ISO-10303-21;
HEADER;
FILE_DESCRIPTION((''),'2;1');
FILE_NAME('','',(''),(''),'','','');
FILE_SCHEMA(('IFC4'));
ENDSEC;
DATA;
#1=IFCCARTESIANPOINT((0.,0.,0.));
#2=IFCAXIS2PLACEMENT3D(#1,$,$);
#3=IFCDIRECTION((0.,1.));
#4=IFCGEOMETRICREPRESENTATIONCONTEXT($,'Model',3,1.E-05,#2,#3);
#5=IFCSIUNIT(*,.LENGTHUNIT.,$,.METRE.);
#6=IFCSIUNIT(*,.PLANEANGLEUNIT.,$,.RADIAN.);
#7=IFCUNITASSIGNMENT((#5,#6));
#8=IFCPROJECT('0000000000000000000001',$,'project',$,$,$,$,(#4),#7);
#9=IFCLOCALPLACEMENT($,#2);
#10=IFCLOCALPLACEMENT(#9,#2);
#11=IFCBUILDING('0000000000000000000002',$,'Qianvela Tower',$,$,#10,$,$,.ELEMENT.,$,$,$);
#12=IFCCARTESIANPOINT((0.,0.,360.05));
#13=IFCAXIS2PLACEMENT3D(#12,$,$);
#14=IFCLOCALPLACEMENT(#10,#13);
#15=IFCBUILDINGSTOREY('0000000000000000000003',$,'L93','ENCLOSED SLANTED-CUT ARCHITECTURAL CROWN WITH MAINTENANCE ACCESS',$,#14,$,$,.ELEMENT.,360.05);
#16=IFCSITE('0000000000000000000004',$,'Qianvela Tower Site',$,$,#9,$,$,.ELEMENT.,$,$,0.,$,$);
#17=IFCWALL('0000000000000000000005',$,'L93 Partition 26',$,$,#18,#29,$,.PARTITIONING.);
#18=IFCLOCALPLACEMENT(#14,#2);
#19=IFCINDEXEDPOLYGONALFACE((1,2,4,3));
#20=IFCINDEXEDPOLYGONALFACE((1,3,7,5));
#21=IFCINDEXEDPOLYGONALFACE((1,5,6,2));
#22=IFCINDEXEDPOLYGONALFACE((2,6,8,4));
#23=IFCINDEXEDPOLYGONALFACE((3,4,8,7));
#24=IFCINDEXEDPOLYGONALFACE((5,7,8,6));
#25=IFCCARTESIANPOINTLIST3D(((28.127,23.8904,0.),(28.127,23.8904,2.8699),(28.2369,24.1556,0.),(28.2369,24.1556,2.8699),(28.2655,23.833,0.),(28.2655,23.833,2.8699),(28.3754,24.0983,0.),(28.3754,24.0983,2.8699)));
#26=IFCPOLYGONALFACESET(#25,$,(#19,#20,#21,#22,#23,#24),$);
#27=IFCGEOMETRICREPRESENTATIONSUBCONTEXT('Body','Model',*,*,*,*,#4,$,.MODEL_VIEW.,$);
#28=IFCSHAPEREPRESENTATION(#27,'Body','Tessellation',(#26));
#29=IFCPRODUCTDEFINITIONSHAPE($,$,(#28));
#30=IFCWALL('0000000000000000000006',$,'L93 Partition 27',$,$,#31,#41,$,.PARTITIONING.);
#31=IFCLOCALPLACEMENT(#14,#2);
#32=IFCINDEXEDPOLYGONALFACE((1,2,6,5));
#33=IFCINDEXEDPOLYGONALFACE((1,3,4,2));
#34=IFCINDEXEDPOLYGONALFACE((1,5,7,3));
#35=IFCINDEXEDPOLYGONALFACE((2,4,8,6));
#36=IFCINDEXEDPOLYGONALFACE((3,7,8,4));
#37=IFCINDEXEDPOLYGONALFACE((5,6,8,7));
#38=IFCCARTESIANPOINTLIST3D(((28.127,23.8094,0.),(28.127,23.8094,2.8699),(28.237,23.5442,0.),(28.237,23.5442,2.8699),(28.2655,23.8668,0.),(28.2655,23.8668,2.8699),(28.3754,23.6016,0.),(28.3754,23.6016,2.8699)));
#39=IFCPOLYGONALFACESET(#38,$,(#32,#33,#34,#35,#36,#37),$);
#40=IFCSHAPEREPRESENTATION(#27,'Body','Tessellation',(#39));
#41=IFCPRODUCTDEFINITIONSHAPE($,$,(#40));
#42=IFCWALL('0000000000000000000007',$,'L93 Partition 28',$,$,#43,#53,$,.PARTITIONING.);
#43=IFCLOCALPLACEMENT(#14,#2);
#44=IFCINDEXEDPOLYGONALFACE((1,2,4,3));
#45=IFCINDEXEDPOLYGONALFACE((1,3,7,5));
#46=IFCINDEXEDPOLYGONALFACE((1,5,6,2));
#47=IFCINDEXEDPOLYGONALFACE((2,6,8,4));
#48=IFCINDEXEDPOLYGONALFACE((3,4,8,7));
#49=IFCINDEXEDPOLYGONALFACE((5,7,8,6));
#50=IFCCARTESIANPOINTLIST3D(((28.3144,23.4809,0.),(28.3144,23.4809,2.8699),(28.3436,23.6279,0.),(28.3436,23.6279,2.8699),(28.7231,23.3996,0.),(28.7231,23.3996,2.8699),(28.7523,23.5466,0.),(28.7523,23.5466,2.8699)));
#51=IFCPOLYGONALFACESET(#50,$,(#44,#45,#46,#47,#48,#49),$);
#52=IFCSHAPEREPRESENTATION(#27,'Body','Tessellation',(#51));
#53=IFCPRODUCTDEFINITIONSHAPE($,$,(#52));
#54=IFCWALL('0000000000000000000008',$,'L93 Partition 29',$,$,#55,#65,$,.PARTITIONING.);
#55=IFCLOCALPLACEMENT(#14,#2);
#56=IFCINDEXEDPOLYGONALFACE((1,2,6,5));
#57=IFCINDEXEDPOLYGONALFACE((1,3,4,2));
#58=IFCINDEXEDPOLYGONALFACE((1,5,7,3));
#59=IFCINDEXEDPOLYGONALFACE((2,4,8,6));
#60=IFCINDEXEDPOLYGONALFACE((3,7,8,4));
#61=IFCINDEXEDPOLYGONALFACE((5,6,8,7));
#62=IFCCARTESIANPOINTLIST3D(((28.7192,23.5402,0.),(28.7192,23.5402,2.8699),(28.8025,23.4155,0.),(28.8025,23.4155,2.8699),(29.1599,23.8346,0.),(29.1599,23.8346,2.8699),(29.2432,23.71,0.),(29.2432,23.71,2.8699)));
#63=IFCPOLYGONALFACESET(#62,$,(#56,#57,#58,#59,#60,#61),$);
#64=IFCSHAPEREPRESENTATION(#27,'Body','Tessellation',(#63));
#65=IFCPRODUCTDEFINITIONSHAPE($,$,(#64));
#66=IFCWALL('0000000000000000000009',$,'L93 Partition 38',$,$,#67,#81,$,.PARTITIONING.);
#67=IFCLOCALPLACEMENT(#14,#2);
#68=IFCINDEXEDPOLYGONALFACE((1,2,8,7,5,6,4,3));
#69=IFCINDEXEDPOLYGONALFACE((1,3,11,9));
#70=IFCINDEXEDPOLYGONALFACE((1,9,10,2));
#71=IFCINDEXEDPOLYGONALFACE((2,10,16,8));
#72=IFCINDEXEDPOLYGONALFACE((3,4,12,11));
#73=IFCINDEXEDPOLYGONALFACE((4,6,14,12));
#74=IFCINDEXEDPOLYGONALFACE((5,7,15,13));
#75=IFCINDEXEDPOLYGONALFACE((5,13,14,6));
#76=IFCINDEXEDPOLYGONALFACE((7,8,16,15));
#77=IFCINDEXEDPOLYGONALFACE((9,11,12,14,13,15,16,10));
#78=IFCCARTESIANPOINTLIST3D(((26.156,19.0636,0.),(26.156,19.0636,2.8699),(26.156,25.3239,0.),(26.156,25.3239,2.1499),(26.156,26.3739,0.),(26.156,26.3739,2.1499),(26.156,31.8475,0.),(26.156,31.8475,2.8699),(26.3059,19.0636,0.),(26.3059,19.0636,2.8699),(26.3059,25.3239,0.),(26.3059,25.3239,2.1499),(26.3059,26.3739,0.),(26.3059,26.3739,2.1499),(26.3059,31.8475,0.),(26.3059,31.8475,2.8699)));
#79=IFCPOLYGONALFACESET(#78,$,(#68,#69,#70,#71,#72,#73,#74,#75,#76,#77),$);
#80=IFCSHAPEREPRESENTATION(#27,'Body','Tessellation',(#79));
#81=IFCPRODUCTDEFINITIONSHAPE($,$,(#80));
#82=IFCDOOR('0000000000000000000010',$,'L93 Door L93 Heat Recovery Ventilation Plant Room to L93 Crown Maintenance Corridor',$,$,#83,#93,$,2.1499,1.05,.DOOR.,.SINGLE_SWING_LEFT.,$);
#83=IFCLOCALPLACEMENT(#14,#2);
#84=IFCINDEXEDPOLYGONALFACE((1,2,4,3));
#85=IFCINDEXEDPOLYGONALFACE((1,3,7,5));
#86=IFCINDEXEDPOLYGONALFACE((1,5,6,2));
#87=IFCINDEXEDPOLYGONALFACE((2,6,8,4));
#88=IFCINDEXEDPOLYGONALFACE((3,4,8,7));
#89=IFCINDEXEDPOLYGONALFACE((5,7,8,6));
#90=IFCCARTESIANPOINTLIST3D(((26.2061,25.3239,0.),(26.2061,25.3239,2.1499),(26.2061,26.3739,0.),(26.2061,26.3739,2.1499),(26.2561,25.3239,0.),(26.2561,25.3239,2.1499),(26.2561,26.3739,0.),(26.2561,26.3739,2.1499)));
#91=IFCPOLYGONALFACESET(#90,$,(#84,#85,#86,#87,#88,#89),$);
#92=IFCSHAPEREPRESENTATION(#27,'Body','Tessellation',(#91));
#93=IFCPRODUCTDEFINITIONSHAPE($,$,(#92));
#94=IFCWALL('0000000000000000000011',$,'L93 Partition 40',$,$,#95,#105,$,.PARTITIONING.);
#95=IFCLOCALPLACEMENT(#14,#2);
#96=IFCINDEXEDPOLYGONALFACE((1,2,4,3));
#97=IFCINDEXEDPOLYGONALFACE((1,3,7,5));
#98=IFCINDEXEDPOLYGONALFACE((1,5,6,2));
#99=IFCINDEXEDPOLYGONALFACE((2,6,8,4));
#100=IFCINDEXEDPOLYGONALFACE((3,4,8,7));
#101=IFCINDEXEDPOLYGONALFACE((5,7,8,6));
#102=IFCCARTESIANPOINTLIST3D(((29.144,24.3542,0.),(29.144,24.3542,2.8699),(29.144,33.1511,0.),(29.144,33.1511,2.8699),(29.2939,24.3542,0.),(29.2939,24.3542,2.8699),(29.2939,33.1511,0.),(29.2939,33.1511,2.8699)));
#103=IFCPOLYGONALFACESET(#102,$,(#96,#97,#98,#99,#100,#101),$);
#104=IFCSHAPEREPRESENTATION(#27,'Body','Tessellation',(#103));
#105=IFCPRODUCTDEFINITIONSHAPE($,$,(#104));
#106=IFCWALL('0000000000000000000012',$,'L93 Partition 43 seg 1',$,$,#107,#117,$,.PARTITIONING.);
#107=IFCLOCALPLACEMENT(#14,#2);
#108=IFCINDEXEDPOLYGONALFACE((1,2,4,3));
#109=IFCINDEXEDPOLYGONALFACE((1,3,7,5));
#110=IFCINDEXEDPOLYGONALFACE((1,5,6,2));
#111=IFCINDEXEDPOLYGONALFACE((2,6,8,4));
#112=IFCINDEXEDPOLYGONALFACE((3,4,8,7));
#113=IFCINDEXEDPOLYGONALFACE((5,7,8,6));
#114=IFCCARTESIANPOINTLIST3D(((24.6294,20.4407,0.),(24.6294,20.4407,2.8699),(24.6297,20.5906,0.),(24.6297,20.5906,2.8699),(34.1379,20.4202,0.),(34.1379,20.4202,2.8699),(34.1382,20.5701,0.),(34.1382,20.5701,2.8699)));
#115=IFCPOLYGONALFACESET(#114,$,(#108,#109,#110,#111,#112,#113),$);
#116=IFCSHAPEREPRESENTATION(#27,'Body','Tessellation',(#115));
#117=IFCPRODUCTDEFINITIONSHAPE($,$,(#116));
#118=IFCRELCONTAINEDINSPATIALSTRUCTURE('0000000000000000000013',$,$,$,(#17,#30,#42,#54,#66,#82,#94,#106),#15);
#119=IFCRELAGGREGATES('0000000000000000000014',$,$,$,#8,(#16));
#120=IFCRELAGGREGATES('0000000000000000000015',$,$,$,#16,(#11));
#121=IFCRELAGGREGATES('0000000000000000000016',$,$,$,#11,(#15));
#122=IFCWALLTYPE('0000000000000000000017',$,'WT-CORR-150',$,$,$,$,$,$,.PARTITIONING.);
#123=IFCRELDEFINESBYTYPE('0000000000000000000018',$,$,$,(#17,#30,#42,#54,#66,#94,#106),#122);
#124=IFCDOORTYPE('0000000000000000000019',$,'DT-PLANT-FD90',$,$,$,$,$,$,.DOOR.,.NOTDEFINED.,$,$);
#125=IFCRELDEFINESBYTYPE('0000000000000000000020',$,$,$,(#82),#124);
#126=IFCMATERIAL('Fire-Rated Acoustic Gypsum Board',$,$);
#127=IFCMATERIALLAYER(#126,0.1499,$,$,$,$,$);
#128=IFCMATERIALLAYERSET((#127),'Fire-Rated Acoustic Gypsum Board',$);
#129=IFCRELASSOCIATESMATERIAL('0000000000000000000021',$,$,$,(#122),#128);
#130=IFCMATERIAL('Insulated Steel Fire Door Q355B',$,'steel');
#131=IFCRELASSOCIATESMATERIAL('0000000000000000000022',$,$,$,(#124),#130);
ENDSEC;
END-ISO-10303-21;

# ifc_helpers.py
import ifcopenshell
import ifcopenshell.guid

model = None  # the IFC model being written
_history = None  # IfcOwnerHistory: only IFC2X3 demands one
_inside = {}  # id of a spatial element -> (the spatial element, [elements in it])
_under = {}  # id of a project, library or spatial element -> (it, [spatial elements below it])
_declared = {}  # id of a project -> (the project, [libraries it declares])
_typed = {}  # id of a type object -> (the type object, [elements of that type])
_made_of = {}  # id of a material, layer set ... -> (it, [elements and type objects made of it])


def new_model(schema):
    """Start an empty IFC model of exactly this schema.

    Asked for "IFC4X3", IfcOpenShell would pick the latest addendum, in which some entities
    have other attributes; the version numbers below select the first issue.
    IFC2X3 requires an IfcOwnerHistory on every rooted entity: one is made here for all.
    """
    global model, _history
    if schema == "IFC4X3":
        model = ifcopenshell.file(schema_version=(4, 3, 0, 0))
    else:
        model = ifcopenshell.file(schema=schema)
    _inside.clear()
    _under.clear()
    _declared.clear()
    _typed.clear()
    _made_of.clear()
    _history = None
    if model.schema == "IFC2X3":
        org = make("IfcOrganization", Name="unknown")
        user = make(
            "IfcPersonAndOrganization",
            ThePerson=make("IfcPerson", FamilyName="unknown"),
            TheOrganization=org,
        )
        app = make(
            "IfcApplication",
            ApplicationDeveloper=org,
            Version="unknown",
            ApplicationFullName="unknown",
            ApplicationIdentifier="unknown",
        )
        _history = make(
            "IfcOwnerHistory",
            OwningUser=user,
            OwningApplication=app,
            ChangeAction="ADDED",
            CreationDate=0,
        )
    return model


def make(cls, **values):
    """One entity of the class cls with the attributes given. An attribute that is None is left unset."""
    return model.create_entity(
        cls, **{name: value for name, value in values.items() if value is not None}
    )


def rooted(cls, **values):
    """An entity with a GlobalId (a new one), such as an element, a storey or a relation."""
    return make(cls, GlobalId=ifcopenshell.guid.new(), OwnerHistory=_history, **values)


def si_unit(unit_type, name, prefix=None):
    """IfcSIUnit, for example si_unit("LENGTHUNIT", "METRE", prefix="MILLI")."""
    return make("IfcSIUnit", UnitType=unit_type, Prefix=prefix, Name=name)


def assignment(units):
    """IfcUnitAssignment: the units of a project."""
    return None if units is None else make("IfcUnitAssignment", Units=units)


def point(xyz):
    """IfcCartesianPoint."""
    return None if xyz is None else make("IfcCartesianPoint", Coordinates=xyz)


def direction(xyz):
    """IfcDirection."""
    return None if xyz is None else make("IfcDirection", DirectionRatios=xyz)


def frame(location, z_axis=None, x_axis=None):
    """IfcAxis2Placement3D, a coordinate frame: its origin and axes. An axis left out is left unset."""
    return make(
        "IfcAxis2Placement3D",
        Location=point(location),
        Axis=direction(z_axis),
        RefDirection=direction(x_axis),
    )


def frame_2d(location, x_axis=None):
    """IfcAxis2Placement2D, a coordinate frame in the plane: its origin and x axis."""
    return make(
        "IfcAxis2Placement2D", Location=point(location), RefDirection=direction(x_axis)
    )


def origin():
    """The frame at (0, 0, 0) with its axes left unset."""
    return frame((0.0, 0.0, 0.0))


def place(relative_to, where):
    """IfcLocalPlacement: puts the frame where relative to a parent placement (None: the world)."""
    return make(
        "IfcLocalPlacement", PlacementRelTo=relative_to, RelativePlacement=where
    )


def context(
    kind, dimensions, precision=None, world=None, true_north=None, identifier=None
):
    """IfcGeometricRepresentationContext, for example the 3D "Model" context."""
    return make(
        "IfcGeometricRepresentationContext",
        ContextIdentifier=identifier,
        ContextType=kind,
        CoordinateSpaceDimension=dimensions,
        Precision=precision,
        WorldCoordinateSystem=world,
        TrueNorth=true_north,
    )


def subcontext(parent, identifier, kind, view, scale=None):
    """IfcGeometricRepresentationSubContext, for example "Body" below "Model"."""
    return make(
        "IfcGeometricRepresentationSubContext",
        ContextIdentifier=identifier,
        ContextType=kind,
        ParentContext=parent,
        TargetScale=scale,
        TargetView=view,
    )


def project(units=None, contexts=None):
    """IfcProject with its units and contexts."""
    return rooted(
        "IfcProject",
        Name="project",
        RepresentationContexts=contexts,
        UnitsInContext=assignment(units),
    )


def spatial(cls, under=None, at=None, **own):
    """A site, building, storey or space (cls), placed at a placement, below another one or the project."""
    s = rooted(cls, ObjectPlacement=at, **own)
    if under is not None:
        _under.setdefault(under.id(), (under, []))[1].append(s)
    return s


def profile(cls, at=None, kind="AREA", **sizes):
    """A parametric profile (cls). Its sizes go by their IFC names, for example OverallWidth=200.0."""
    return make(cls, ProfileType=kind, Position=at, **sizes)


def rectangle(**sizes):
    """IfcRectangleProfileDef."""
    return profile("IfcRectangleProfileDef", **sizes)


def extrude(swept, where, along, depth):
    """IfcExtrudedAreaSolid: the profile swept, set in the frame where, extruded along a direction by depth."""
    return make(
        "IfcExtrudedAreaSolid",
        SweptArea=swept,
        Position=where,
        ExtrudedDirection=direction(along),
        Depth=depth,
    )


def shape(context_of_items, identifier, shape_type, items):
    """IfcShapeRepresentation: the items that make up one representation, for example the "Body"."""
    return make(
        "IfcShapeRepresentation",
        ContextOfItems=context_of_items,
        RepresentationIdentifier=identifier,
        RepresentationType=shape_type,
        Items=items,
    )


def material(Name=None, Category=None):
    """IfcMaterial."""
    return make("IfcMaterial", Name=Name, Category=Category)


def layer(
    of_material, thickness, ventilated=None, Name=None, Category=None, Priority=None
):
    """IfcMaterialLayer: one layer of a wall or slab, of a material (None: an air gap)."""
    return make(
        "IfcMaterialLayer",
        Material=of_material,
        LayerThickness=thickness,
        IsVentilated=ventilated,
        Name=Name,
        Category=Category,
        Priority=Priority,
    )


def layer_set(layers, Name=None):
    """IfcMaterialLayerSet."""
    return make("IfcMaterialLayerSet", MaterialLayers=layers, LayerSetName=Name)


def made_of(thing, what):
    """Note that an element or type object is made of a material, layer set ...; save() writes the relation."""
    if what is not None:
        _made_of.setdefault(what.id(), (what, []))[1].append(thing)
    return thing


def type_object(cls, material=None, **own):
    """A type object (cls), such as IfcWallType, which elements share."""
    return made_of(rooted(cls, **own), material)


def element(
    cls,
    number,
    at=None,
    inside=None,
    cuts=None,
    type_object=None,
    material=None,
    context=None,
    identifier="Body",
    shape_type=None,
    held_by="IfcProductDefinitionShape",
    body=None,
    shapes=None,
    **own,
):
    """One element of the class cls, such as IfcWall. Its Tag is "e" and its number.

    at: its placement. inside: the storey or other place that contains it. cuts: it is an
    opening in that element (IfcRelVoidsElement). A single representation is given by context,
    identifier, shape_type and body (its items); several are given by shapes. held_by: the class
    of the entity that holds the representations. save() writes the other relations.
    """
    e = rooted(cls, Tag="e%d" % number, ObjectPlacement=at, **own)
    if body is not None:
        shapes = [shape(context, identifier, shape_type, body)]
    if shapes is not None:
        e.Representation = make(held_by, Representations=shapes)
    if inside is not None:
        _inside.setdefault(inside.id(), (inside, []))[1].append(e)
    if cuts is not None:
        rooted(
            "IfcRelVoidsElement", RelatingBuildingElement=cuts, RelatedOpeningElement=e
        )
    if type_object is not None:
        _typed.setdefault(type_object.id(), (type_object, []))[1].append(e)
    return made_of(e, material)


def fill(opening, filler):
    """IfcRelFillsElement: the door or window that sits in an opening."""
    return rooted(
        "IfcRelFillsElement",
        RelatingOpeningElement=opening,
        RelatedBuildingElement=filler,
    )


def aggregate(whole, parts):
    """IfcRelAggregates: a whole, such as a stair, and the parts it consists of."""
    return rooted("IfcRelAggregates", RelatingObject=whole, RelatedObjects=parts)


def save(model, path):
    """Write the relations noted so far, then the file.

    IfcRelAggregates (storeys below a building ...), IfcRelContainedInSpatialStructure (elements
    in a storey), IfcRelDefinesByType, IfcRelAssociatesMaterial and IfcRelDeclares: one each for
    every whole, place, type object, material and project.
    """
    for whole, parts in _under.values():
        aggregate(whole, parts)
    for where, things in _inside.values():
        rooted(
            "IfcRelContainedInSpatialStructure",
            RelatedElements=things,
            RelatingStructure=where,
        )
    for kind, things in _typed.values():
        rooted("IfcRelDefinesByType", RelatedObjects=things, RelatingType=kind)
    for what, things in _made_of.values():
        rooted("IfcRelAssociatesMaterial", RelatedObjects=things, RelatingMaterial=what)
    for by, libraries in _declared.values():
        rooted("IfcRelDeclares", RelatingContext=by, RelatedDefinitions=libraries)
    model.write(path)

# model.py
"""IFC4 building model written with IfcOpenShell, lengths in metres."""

from ifc_helpers import new_model, si_unit, direction, frame, frame_2d, origin, place, context, subcontext, project, spatial, rectangle, extrude, material, layer, layer_set, type_object, element, fill, save


model = new_model("IFC4")

# Units and contexts
model_context = context("Model", 3, precision=1e-05, world=origin(), true_north=direction((0.0, 1.0)))
body_context = subcontext(model_context, "Body", "Model", "MODEL_VIEW")
ifc_project = project(units=[si_unit("LENGTHUNIT", "METRE"), si_unit("PLANEANGLEUNIT", "RADIAN")], contexts=[model_context])

# Site, building, storey
site_placement = place(None, origin())
site = spatial("IfcSite", under=ifc_project, at=site_placement, Name="Qianvela Tower Site", CompositionType="ELEMENT", RefElevation=0.0)
building_placement = place(site_placement, origin())
building = spatial("IfcBuilding", under=site, at=building_placement, Name="Qianvela Tower", CompositionType="ELEMENT")
storey_placement = place(building_placement, frame((0.0, 0.0, 360.05)))
storey = spatial("IfcBuildingStorey", under=building, at=storey_placement, Name="L93", Description="ENCLOSED SLANTED-CUT ARCHITECTURAL CROWN WITH MAINTENANCE ACCESS", CompositionType="ELEMENT", Elevation=360.05)

# Walls
ifc_material_1 = material(Name="Fire-Rated Acoustic Gypsum Board")
ifc_layer_1 = layer(ifc_material_1, 0.1499)
ifc_layer_set_1 = layer_set([ifc_layer_1], Name="Fire-Rated Acoustic Gypsum Board")
wall_type_1 = type_object("IfcWallType", Name="WT-CORR-150", PredefinedType="PARTITIONING", material=ifc_layer_set_1)
for number, where, z_axis, x_axis, name in (
    (1, (28.3062, 24.127, 0.0), (0.0, 0.0, 1.0), (-0.382803, -0.92383, 0.0), "L93 Partition 26"),
    (2, (28.1963, 23.8381, 0.0), (0.0, 0.0, 1.0), (0.382803, -0.92383, 0.0), "L93 Partition 27"),
):
    element("IfcWall", number, at=place(storey_placement, frame(where, z_axis=z_axis, x_axis=x_axis)), inside=storey, type_object=wall_type_1, Name=name, PredefinedType="PARTITIONING", context=body_context, shape_type="SweptSolid", body=[
        extrude(rectangle(XDim=0.2871, YDim=0.1499, at=frame_2d((0.1436, 0.0))), origin(), (0.0, 0.0, 1.0), 2.8699),
    ])
wall_1_placement = place(storey_placement, frame((28.3289, 23.5544, 0.0), z_axis=(0.0, 0.0, 1.0), x_axis=(0.980783, -0.195102, 0.0)))
element("IfcWall", 3, at=wall_1_placement, inside=storey, type_object=wall_type_1, Name="L93 Partition 28", PredefinedType="PARTITIONING", context=body_context, shape_type="SweptSolid", body=[
    extrude(rectangle(XDim=0.4167, YDim=0.1499, at=frame_2d((0.2085, 0.0))), origin(), (0.0, 0.0, 1.0), 2.8699),
])
wall_2_placement = place(storey_placement, frame((28.7607, 23.4778, 0.0), z_axis=(0.0, 0.0, 1.0), x_axis=(0.831483, 0.55555, 0.0)))
element("IfcWall", 4, at=wall_2_placement, inside=storey, type_object=wall_type_1, Name="L93 Partition 29", PredefinedType="PARTITIONING", context=body_context, shape_type="SweptSolid", body=[
    extrude(rectangle(XDim=0.53, YDim=0.1499, at=frame_2d((0.2651, 0.0))), origin(), (0.0, 0.0, 1.0), 2.8699),
])

# Shared definitions
ifc_material_2 = material(Name="Insulated Steel Fire Door Q355B", Category="steel")
door_type_1 = type_object("IfcDoorType", Name="DT-PLANT-FD90", OperationType="NOTDEFINED", PredefinedType="DOOR", material=ifc_material_2)

# Wall, opening, door
wall_3_placement = place(storey_placement, frame((26.231, 19.0635, 0.0), z_axis=(0.0, 0.0, 1.0), x_axis=(0.0, 1.0, 0.0)))
wall_3 = element("IfcWall", 5, at=wall_3_placement, inside=storey, type_object=wall_type_1, Name="L93 Partition 38", PredefinedType="PARTITIONING", context=body_context, shape_type="SweptSolid", body=[
    extrude(rectangle(XDim=12.7839, YDim=0.1499, at=frame_2d((6.3921, 0.0))), origin(), (0.0, 0.0, 1.0), 2.8699),
])
opening_1_placement = place(wall_3_placement, frame((6.2605, 0.0, 0.0)))
opening_1 = element("IfcOpeningElement", 6, at=opening_1_placement, cuts=wall_3, PredefinedType="OPENING", context=body_context, shape_type="SweptSolid", body=[
    extrude(rectangle(XDim=1.05, YDim=2.1499, at=frame_2d((0.5249, 1.075))), frame((0.0, 0.085, 0.0), z_axis=(0.0, -1.0, 0.0), x_axis=(1.0, 0.0, 0.0)), (0.0, 0.0, 1.0), 0.1699),
])
door_1_placement = place(opening_1_placement, origin())
door_1 = element("IfcDoor", 7, at=door_1_placement, inside=storey, type_object=door_type_1, Name="L93 Door L93 Heat Recovery Ventilation Plant Room to L93 Crown Maintenance Corridor", OperationType="SINGLE_SWING_LEFT", OverallHeight=2.1499, OverallWidth=1.05, PredefinedType="DOOR", context=body_context, shape_type="SweptSolid", body=[
    extrude(rectangle(XDim=1.05, YDim=2.1499, at=frame_2d((0.5249, 1.075))), frame((0.0, 0.0249, 0.0), z_axis=(0.0, -1.0, 0.0), x_axis=(1.0, 0.0, 0.0)), (0.0, 0.0, 1.0), 0.05),
])
fill(opening_1, door_1)

# Walls
wall_4_placement = place(storey_placement, frame((29.219, 33.1511, 0.0), z_axis=(0.0, 0.0, 1.0), x_axis=(0.0, -1.0, 0.0)))
element("IfcWall", 8, at=wall_4_placement, inside=storey, type_object=wall_type_1, Name="L93 Partition 40", PredefinedType="PARTITIONING", context=body_context, shape_type="SweptSolid", body=[
    extrude(rectangle(XDim=8.7969, YDim=0.1499, at=frame_2d((4.3984, 0.0))), origin(), (0.0, 0.0, 1.0), 2.8699),
])
wall_5_placement = place(storey_placement, frame((24.6294, 20.5156, 0.0), z_axis=(0.0, 0.0, 1.0), x_axis=(0.999998, -0.002157, 0.0)))
element("IfcWall", 9, at=wall_5_placement, inside=storey, type_object=wall_type_1, Name="L93 Partition 43 seg 1", PredefinedType="PARTITIONING", context=body_context, shape_type="SweptSolid", body=[
    extrude(rectangle(XDim=9.5085, YDim=0.1499, at=frame_2d((4.7544, 0.0))), origin(), (0.0, 0.0, 1.0), 2.8699),
])

save(model, "model.ifc")
